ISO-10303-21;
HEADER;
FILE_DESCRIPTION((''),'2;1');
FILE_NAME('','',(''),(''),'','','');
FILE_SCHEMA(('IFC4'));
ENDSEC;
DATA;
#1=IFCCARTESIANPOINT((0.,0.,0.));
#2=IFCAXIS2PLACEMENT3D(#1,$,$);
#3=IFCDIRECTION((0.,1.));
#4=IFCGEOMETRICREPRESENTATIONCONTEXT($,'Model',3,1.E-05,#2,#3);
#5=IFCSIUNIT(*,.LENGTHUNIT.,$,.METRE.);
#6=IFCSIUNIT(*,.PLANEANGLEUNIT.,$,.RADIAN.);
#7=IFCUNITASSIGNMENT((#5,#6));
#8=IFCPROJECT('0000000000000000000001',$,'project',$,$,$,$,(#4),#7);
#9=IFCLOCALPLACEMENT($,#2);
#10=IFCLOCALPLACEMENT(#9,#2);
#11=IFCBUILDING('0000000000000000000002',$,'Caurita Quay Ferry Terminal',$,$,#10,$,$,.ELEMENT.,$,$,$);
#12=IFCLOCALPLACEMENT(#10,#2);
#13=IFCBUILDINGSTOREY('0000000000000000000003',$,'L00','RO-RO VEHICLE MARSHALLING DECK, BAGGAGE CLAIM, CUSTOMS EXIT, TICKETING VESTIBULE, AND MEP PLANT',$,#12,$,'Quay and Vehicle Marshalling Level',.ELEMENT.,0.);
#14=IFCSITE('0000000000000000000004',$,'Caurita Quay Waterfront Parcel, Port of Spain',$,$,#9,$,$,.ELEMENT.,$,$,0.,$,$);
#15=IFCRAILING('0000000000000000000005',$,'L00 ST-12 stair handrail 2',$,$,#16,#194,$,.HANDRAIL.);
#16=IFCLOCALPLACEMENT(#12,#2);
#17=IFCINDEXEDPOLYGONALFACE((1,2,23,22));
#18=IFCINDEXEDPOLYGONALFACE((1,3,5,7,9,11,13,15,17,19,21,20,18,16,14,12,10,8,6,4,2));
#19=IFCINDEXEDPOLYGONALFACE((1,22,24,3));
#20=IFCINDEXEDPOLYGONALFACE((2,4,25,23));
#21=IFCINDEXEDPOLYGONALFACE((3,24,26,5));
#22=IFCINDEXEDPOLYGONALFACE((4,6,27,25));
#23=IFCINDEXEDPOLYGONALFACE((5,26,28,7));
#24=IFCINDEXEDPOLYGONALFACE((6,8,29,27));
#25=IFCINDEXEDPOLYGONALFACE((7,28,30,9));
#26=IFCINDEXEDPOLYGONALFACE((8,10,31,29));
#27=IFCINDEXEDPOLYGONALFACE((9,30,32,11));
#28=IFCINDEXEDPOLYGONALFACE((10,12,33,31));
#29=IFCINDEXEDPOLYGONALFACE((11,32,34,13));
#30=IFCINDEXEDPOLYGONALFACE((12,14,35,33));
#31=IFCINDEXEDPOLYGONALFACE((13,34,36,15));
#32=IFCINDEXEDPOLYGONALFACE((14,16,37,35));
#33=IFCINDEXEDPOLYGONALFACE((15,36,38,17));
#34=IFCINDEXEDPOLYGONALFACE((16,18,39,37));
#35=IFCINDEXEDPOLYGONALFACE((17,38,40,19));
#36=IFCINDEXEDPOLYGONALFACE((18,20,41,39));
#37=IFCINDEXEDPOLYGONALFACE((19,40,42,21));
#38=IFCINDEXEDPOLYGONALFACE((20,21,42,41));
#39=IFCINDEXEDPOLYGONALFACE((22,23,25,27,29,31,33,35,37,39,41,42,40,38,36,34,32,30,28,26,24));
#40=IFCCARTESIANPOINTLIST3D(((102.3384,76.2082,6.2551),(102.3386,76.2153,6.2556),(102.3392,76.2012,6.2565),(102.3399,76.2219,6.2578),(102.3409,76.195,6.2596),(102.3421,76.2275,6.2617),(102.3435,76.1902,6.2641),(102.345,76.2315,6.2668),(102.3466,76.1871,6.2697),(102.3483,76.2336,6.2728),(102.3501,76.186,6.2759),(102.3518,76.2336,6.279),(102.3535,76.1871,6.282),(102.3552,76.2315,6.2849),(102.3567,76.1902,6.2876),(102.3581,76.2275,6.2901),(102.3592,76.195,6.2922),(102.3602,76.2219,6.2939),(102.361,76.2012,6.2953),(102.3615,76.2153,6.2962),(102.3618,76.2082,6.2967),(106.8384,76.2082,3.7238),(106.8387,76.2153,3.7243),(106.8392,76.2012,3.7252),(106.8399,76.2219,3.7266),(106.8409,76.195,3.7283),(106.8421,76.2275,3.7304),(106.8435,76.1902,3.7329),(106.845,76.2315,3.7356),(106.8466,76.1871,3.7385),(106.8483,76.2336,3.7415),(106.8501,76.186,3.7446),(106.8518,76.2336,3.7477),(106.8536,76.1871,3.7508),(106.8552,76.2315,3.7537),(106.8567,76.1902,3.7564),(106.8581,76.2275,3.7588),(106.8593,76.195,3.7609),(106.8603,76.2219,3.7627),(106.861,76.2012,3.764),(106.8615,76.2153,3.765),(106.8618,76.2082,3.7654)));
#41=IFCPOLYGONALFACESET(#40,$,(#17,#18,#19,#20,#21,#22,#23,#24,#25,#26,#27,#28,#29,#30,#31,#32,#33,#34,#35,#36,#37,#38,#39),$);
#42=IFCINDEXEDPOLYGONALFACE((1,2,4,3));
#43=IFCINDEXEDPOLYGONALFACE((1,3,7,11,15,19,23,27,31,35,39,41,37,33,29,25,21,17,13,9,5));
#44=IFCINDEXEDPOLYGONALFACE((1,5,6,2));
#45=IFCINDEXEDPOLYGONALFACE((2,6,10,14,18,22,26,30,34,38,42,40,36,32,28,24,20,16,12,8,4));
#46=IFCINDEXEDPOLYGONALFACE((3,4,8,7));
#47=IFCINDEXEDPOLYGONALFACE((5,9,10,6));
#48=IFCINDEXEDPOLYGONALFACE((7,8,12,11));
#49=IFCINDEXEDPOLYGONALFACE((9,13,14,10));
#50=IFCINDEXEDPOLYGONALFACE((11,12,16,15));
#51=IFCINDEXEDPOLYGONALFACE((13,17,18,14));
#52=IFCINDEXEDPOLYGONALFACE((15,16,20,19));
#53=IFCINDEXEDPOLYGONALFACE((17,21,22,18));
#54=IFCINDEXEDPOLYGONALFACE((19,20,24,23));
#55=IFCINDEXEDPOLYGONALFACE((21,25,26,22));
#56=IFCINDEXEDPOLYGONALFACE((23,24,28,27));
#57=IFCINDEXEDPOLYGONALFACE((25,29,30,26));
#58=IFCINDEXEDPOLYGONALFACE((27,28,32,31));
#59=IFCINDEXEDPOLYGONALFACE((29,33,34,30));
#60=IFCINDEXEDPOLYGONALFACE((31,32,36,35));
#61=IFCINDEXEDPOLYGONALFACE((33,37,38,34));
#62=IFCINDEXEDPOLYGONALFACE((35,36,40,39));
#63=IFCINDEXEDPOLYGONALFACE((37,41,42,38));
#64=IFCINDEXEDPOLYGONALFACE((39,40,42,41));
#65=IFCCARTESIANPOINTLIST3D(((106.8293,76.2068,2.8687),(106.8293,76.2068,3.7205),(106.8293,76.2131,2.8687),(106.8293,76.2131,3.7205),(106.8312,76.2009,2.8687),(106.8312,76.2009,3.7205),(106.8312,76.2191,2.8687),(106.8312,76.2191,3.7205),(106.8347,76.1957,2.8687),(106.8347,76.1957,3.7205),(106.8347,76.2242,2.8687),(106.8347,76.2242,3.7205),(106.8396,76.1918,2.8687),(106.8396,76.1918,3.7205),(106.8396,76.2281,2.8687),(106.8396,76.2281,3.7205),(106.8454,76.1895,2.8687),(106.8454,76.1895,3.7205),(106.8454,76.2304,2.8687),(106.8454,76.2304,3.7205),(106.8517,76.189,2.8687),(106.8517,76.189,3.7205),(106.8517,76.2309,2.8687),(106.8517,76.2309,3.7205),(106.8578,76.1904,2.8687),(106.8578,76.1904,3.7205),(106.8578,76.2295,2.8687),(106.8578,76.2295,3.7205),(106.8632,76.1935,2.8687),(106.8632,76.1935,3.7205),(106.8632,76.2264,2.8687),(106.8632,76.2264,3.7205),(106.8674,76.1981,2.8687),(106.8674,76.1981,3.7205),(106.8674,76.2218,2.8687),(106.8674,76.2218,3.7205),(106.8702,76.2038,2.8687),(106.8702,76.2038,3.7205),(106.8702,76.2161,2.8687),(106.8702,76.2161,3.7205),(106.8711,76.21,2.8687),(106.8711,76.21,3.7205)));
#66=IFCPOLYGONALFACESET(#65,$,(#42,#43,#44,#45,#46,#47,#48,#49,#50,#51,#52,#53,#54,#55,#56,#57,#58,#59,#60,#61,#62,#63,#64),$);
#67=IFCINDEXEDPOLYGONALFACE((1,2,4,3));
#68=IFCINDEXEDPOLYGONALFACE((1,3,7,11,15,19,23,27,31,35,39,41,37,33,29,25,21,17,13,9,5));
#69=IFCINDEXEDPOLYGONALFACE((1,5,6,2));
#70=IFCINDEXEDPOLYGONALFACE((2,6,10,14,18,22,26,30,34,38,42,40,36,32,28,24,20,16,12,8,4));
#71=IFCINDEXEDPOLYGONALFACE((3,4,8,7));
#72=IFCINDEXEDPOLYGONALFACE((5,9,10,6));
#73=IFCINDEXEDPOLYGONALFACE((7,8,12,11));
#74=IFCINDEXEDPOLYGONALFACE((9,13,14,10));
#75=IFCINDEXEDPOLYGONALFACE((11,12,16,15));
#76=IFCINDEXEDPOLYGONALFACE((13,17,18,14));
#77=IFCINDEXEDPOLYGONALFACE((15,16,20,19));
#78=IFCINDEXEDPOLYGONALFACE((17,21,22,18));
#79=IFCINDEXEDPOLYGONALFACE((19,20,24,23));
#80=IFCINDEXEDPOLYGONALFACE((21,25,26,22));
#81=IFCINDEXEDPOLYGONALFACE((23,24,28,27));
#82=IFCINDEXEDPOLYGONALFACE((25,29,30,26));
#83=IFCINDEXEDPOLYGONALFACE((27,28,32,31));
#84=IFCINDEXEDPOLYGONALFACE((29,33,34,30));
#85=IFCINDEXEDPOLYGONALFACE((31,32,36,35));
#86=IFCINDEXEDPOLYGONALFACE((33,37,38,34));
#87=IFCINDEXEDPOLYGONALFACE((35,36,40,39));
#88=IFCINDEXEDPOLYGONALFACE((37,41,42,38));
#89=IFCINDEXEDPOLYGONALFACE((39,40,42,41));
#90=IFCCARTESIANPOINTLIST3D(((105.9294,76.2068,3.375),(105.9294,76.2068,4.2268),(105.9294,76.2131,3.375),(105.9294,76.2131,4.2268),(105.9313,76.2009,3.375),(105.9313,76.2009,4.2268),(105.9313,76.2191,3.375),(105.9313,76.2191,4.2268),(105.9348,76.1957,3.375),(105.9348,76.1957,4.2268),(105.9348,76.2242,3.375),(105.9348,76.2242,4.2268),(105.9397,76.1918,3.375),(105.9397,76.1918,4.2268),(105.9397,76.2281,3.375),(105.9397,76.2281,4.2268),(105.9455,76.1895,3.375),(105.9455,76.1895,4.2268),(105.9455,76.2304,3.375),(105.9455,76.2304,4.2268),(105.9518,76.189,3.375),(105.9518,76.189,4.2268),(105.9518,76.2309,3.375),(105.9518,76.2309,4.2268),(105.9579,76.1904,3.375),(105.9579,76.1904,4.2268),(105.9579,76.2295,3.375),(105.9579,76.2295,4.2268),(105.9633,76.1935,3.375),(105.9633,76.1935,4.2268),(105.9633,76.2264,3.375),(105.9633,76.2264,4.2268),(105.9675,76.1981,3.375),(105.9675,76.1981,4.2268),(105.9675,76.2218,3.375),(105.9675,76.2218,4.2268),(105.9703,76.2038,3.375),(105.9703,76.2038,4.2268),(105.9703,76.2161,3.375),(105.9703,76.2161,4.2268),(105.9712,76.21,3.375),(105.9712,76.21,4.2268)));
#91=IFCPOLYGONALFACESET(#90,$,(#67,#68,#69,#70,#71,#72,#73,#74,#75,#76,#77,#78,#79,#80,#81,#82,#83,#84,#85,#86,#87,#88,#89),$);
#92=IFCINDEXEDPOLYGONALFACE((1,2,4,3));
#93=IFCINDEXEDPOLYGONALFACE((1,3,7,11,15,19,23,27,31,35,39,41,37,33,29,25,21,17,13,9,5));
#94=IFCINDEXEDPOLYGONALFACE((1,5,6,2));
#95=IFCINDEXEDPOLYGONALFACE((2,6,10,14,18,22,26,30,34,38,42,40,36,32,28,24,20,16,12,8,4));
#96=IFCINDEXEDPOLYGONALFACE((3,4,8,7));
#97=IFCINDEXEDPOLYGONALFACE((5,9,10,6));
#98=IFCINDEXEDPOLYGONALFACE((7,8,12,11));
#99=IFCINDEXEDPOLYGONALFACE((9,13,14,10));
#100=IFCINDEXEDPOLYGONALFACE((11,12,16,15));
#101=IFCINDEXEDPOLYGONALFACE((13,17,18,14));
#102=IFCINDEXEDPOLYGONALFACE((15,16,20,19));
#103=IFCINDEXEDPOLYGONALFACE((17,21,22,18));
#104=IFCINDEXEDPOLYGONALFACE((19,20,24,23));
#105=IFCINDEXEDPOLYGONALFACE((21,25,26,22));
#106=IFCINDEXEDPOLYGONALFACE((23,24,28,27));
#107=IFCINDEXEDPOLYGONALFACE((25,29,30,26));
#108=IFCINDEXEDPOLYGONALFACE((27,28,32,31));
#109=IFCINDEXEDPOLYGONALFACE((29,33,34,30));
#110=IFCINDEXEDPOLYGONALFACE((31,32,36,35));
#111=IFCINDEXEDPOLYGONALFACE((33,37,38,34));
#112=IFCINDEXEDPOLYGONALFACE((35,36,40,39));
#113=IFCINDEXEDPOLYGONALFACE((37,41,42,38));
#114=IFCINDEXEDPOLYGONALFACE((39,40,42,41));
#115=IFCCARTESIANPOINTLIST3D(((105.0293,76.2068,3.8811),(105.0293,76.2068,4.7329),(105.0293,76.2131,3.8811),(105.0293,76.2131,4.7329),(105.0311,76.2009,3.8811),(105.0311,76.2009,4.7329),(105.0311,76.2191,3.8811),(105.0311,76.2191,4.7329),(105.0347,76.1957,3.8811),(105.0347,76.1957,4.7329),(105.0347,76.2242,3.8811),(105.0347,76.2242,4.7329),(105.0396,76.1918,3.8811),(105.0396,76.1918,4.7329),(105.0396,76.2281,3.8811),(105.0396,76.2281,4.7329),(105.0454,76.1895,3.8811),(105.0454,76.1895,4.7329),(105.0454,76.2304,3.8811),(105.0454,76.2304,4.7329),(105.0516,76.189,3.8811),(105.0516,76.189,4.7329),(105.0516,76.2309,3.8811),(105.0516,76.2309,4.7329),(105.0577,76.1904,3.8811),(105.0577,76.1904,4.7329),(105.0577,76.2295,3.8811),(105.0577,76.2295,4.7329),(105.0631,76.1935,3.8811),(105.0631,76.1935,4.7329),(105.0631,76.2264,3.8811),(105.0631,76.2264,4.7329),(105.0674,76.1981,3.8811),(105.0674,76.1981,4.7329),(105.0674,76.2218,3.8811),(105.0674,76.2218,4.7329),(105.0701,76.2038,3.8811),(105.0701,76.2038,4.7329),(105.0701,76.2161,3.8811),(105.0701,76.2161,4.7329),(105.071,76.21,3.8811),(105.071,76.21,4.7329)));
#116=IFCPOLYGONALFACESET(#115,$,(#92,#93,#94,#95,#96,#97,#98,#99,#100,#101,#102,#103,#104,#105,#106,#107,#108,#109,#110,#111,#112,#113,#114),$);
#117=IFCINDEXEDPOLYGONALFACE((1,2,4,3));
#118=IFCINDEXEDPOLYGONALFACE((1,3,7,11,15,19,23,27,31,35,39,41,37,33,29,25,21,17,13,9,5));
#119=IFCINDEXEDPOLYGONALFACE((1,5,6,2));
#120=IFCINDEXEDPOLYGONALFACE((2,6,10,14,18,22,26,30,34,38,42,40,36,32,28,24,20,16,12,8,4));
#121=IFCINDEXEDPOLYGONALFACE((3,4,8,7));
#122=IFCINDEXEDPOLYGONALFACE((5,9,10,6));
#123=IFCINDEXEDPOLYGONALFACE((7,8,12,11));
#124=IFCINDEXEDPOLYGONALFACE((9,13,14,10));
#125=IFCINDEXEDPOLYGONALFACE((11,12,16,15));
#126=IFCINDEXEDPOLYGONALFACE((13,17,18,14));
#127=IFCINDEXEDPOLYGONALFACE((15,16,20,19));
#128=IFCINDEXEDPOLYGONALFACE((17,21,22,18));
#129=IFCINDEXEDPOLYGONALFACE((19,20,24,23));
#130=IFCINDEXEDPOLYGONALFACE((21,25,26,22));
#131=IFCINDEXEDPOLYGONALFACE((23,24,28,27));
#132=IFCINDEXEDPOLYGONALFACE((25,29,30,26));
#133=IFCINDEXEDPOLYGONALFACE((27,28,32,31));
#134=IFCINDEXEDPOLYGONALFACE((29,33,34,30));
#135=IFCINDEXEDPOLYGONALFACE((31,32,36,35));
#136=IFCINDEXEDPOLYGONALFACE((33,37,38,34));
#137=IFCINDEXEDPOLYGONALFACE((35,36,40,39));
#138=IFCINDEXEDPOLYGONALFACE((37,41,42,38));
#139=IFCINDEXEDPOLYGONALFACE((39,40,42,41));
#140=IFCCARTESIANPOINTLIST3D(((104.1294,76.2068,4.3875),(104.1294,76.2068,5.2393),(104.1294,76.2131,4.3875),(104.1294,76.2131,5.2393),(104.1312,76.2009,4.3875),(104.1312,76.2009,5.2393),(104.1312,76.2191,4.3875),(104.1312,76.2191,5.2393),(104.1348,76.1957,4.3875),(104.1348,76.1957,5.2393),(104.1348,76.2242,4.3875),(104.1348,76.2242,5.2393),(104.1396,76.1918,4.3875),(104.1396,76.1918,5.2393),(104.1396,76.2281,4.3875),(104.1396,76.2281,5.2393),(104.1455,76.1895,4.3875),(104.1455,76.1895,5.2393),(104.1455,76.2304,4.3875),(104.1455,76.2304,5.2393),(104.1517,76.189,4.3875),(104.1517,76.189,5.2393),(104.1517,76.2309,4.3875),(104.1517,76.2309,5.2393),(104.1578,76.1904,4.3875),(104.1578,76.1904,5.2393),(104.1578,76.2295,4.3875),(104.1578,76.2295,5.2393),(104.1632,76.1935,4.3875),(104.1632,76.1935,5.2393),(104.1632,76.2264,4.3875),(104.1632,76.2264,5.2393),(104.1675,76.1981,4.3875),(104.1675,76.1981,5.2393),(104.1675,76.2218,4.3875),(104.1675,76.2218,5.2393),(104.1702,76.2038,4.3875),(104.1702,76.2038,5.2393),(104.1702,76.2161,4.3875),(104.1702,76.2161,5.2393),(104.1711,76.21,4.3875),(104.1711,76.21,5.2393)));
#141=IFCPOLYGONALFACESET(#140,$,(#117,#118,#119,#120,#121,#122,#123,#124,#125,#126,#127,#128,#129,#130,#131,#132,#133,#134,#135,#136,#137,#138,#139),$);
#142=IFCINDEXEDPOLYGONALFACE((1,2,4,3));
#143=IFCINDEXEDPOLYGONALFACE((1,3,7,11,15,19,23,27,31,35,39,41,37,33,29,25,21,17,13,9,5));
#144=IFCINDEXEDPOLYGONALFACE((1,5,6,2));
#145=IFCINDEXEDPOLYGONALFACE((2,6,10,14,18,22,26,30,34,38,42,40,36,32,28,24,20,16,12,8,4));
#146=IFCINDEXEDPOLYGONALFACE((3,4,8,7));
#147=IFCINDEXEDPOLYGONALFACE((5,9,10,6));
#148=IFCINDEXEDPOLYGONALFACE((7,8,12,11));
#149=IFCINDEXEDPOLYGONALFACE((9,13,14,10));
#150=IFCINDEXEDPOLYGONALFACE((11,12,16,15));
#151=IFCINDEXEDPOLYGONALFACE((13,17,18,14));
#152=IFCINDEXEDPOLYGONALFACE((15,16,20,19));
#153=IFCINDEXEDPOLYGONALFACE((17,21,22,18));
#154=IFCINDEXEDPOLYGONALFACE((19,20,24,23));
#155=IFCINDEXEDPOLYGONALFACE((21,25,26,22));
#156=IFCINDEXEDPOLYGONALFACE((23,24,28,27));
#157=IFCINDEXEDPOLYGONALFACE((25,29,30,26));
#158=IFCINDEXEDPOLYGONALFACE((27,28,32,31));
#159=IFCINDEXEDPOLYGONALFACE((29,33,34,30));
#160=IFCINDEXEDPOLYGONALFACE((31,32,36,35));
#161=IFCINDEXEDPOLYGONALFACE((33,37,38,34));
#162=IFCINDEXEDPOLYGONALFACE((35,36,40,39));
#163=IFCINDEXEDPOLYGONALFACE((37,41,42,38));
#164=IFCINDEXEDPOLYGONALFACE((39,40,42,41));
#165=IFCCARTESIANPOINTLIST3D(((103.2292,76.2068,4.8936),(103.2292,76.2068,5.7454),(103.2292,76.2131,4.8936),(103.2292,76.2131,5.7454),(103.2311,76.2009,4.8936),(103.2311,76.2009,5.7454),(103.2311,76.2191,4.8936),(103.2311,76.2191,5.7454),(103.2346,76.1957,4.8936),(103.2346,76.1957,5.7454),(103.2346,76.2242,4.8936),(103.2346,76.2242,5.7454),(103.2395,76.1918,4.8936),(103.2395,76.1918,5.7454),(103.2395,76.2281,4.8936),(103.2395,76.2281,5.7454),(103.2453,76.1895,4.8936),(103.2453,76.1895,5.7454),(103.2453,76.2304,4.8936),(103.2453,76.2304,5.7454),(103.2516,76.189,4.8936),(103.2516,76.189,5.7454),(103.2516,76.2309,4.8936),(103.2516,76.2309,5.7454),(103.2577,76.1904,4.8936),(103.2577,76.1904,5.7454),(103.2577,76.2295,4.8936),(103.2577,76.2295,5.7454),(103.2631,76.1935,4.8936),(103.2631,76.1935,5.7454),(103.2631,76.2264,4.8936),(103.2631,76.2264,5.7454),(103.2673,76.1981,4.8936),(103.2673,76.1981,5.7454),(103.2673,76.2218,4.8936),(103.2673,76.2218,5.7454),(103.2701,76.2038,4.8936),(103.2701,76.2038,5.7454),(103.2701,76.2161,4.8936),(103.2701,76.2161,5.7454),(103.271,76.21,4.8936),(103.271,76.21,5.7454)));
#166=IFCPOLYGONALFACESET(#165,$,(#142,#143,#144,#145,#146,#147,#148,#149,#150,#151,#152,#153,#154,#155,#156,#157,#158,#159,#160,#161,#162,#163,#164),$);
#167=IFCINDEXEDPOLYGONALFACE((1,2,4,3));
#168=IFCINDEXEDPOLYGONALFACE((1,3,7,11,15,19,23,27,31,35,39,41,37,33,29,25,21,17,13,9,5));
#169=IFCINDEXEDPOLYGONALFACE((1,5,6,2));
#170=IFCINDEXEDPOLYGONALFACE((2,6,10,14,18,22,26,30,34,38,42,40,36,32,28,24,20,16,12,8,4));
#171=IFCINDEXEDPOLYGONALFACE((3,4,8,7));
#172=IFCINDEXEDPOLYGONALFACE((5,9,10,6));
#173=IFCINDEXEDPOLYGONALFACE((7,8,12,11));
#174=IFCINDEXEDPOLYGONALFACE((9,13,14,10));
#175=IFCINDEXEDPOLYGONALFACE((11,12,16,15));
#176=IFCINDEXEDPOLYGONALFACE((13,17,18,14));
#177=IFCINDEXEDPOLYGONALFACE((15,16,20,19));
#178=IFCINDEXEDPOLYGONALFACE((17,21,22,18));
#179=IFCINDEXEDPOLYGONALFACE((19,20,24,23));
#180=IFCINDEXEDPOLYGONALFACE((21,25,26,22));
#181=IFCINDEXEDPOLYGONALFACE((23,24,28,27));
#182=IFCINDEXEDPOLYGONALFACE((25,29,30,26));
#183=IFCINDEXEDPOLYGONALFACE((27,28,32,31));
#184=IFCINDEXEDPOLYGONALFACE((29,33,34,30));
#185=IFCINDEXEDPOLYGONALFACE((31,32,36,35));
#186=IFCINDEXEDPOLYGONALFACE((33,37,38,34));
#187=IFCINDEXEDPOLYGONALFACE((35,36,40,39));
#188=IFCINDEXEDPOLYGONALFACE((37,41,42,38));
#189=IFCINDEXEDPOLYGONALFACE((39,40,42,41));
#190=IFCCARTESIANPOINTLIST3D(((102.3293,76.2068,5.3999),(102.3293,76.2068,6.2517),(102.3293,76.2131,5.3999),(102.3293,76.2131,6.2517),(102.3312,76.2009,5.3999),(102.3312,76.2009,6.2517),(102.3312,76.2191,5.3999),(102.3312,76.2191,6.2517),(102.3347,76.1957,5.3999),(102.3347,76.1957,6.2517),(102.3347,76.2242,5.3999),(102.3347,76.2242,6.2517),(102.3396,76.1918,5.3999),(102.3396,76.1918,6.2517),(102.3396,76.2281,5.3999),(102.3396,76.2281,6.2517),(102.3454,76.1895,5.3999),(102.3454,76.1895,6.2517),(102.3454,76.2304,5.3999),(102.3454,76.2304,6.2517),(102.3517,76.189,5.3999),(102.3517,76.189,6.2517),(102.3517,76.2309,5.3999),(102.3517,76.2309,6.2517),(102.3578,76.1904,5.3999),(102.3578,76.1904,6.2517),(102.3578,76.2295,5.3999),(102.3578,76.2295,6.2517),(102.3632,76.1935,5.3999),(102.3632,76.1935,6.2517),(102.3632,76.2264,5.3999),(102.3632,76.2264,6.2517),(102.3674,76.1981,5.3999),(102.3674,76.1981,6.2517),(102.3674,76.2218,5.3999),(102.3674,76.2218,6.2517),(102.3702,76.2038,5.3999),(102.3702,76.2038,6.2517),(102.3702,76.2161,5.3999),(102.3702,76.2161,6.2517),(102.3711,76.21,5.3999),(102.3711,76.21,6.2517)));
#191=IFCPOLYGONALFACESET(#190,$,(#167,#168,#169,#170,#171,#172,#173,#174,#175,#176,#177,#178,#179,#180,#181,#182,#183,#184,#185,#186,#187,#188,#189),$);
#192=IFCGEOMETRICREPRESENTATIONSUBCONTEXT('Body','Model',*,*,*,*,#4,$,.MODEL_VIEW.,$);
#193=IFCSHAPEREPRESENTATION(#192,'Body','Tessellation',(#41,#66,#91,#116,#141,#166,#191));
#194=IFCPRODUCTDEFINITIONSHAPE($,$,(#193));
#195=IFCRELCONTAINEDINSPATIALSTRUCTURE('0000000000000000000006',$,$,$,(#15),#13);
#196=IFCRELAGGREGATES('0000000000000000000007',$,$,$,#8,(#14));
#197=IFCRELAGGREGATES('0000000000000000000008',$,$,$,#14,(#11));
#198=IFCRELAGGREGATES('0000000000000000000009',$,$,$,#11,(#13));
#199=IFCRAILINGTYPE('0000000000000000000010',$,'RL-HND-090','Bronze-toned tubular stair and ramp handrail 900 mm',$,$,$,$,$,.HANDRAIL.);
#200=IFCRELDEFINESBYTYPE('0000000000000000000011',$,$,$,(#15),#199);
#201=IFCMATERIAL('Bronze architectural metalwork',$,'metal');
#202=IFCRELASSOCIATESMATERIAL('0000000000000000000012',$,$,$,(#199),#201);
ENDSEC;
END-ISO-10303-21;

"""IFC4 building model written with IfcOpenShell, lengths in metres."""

from ifc_helpers import new_model, si_unit, direction, frame, origin, origin_2d, place, context, subcontext, project, spatial, circle, extrude, material, type_object, element, save


model = new_model("IFC4")

# Units and contexts
model_context = context("Model", 3, precision=1e-05, world=origin(), true_north=direction((0.0, 1.0)))
body_context = subcontext(model_context, "Body", "Model", "MODEL_VIEW")
ifc_project = project(units=[si_unit("LENGTHUNIT", "METRE"), si_unit("PLANEANGLEUNIT", "RADIAN")], contexts=[model_context])

# Site, building, storey
site_placement = place(None, origin())
site = spatial("IfcSite", under=ifc_project, at=site_placement, Name="Caurita Quay Waterfront Parcel, Port of Spain", CompositionType="ELEMENT", RefElevation=0.0)
building_placement = place(site_placement, origin())
building = spatial("IfcBuilding", under=site, at=building_placement, Name="Caurita Quay Ferry Terminal", CompositionType="ELEMENT")
storey_placement = place(building_placement, origin())
storey = spatial("IfcBuildingStorey", under=building, at=storey_placement, Name="L00", Description="RO-RO VEHICLE MARSHALLING DECK, BAGGAGE CLAIM, CUSTOMS EXIT, TICKETING VESTIBULE, AND MEP PLANT", LongName="Quay and Vehicle Marshalling Level", CompositionType="ELEMENT", Elevation=0.0)

# Railing
ifc_material_1 = material(Name="Bronze architectural metalwork", Category="metal")
railing_type_1 = type_object("IfcRailingType", Name="RL-HND-090", Description="Bronze-toned tubular stair and ramp handrail 900 mm", PredefinedType="HANDRAIL", material=ifc_material_1)
railing_1_placement = place(storey_placement, frame((106.8501, 76.21, 2.8687)))
element("IfcRailing", 1, at=railing_1_placement, inside=storey, type_object=railing_type_1, Name="L00 ST-12 stair handrail 2", PredefinedType="HANDRAIL", context=body_context, shape_type="SweptSolid", body=[
    extrude(circle(Radius=0.0239, at=origin_2d()), frame((0.0, 0.0, 0.876), z_axis=(-0.871576, 0.0, 0.490261), x_axis=(0.0, -1.0, 0.0)), (0.0, 0.0, 1.0), 5.1631),
    extrude(circle(Radius=0.021, at=origin_2d()), origin(), (0.0, 0.0, 1.0), 0.8518),
    extrude(circle(Radius=0.021, at=origin_2d()), frame((-0.8999, 0.0, 0.5063)), (0.0, 0.0, 1.0), 0.8518),
    extrude(circle(Radius=0.021, at=origin_2d()), frame((-1.8, 0.0, 1.0125)), (0.0, 0.0, 1.0), 0.8518),
    extrude(circle(Radius=0.021, at=origin_2d()), frame((-2.7, 0.0, 1.5188)), (0.0, 0.0, 1.0), 0.8518),
    extrude(circle(Radius=0.021, at=origin_2d()), frame((-3.6001, 0.0, 2.0249)), (0.0, 0.0, 1.0), 0.8518),
    extrude(circle(Radius=0.021, at=origin_2d()), frame((-4.5, 0.0, 2.5312)), (0.0, 0.0, 1.0), 0.8518),
])

save(model, "model.ifc")
